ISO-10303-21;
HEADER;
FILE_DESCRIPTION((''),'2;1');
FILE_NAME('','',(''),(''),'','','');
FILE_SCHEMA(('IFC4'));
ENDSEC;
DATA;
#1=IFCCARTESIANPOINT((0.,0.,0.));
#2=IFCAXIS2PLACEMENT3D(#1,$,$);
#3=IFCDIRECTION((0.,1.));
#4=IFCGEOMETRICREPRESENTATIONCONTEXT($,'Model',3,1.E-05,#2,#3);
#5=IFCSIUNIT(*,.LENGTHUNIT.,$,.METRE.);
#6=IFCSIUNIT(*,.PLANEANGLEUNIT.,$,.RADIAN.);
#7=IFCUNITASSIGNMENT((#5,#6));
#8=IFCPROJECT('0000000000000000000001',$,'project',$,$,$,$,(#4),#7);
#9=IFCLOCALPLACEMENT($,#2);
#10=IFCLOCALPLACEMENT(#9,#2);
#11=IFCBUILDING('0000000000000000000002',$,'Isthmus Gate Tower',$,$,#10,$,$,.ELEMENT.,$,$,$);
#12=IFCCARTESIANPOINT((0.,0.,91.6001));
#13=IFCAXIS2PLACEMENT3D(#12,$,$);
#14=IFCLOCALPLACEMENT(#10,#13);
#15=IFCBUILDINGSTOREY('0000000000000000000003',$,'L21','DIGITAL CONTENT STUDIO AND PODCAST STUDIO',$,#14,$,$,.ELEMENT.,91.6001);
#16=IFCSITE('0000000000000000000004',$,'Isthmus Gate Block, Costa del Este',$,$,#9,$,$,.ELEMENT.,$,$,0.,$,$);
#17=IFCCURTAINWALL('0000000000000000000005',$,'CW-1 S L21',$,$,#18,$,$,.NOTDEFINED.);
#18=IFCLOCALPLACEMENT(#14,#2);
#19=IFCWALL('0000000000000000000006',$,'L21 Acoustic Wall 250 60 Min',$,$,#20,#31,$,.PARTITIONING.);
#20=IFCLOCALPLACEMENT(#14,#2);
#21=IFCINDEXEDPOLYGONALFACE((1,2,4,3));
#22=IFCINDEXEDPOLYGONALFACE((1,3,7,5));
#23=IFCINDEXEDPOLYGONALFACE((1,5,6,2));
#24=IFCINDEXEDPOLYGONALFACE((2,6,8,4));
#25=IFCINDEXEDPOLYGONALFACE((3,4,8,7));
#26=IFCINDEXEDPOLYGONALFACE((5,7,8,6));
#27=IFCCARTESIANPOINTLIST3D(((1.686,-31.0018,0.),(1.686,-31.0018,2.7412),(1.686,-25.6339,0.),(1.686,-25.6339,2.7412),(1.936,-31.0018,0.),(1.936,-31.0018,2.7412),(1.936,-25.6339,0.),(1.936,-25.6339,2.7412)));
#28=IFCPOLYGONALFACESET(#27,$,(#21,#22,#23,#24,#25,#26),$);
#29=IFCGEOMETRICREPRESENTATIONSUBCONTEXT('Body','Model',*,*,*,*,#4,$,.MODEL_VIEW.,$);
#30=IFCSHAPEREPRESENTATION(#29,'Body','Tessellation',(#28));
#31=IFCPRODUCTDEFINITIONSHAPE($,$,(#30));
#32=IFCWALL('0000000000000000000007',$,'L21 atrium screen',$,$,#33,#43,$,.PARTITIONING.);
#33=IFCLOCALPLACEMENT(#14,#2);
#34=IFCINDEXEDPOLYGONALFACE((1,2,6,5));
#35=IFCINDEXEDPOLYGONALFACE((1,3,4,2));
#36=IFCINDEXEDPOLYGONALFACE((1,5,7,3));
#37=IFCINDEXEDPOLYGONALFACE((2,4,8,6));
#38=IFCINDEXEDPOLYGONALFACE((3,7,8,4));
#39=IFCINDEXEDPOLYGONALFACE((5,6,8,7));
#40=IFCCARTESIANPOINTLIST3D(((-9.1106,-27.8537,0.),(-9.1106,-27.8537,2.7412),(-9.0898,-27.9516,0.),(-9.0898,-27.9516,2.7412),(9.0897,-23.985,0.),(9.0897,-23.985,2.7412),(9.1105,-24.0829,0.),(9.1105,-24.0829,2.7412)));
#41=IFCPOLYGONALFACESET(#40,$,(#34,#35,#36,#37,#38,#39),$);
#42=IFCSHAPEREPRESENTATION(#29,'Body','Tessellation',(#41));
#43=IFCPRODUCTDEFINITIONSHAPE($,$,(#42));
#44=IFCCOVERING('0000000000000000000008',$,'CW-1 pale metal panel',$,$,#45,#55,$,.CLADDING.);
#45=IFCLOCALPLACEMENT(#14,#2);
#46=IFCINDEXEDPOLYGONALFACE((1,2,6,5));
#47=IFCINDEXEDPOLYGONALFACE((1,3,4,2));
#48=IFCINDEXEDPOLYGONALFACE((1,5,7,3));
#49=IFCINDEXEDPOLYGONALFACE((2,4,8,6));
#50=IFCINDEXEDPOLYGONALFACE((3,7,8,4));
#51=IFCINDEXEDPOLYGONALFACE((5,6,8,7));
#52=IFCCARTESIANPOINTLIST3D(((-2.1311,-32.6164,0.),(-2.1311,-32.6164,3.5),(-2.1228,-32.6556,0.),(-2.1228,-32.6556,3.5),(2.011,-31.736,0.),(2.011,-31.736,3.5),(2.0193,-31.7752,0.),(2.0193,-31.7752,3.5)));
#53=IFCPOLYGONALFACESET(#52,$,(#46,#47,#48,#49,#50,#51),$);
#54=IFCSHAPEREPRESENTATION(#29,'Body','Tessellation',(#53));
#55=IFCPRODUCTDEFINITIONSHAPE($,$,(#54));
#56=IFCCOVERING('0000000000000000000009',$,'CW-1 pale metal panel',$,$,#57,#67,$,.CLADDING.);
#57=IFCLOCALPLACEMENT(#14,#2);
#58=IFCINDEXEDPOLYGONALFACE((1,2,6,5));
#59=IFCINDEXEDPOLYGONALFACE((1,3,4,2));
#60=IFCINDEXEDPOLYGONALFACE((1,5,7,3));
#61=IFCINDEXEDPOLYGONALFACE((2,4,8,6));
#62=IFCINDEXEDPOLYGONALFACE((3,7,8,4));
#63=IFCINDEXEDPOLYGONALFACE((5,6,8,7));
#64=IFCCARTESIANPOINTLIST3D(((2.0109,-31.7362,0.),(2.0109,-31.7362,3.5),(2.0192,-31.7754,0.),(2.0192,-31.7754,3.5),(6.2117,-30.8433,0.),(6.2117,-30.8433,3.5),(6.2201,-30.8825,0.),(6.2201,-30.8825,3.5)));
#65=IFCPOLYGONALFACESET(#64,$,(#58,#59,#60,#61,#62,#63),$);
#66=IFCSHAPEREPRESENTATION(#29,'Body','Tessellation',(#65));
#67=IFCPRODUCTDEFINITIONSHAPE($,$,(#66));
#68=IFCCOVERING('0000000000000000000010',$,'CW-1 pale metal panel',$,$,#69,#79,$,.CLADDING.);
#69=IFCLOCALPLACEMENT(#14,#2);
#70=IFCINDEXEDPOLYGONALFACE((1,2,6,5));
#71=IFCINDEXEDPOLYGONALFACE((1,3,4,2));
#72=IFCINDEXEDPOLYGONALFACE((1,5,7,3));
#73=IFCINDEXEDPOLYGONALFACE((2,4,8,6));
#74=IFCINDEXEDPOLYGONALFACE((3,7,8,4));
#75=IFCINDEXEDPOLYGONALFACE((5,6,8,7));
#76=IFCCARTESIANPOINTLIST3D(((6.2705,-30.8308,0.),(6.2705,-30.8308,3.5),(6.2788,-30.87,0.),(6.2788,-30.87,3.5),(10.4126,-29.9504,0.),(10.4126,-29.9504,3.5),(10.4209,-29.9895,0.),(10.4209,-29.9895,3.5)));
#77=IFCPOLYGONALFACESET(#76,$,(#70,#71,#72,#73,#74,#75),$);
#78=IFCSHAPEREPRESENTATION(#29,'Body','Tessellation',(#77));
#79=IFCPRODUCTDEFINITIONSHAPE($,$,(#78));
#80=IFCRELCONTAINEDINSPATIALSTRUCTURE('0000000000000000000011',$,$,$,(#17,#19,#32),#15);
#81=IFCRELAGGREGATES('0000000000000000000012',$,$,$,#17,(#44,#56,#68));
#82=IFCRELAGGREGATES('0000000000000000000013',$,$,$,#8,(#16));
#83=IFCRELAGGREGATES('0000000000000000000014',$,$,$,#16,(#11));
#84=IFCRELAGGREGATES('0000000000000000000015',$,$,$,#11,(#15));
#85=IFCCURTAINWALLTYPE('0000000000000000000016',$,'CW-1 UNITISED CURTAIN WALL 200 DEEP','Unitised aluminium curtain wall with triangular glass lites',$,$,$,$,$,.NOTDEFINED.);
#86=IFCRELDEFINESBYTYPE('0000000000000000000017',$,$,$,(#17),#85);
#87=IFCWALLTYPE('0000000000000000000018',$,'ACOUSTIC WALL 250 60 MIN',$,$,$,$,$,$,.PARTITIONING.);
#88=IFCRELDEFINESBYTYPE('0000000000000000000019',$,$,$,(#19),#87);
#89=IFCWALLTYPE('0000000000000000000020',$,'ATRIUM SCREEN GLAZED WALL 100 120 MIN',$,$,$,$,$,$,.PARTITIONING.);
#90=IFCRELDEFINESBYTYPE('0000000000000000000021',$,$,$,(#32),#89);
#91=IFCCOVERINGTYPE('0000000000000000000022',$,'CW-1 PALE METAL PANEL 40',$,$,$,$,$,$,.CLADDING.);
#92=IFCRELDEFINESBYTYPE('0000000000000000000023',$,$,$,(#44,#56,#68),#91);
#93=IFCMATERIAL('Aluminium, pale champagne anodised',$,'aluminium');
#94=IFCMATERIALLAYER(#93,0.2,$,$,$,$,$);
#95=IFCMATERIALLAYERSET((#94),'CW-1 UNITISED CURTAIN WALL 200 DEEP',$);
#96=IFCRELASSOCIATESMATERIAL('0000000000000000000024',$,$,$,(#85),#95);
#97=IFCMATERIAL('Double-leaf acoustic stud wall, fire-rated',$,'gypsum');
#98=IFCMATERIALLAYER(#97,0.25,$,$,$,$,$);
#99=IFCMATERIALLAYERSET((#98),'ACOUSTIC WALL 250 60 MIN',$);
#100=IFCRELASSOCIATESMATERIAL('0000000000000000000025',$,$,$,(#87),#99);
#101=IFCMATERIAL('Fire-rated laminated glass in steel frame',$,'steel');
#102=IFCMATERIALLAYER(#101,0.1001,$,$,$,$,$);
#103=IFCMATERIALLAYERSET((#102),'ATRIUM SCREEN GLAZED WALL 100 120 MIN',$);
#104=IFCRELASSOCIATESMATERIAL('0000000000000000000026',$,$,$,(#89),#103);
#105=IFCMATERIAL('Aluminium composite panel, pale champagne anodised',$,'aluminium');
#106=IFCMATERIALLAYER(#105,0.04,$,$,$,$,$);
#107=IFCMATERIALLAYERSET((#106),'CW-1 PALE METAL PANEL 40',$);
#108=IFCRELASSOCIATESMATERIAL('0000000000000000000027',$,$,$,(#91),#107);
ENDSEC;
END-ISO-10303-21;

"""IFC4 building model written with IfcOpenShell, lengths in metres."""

from ifc_helpers import new_model, si_unit, direction, frame, frame_2d, origin, origin_2d, place, context, subcontext, project, spatial, rectangle, extrude, material, layer, layer_set, type_object, element, aggregate, save


model = new_model("IFC4")

# Units and contexts
model_context = context("Model", 3, precision=1e-05, world=origin(), true_north=direction((0.0, 1.0)))
body_context = subcontext(model_context, "Body", "Model", "MODEL_VIEW")
ifc_project = project(units=[si_unit("LENGTHUNIT", "METRE"), si_unit("PLANEANGLEUNIT", "RADIAN")], contexts=[model_context])

# Site, building, storey
site_placement = place(None, origin())
site = spatial("IfcSite", under=ifc_project, at=site_placement, Name="Isthmus Gate Block, Costa del Este", CompositionType="ELEMENT", RefElevation=0.0)
building_placement = place(site_placement, origin())
building = spatial("IfcBuilding", under=site, at=building_placement, Name="Isthmus Gate Tower", CompositionType="ELEMENT")
storey_placement = place(building_placement, frame((0.0, 0.0, 91.6001)))
storey = spatial("IfcBuildingStorey", under=building, at=storey_placement, Name="L21", Description="DIGITAL CONTENT STUDIO AND PODCAST STUDIO", CompositionType="ELEMENT", Elevation=91.6001)

# Curtain wall
ifc_material_1 = material(Name="Aluminium, pale champagne anodised", Category="aluminium")
ifc_layer_1 = layer(ifc_material_1, 0.2)
ifc_layer_set_1 = layer_set([ifc_layer_1], Name="CW-1 UNITISED CURTAIN WALL 200 DEEP")
curtain_wall_type = type_object("IfcCurtainWallType", Name="CW-1 UNITISED CURTAIN WALL 200 DEEP", Description="Unitised aluminium curtain wall with triangular glass lites", PredefinedType="NOTDEFINED", material=ifc_layer_set_1)
curtain_wall_placement = place(storey_placement, origin())
curtain_wall = element("IfcCurtainWall", 1, at=curtain_wall_placement, inside=storey, type_object=curtain_wall_type, Name="CW-1 S L21", PredefinedType="NOTDEFINED")

# Walls
ifc_material_2 = material(Name="Double-leaf acoustic stud wall, fire-rated", Category="gypsum")
ifc_layer_2 = layer(ifc_material_2, 0.25)
ifc_layer_set_2 = layer_set([ifc_layer_2], Name="ACOUSTIC WALL 250 60 MIN")
wall_type_1 = type_object("IfcWallType", Name="ACOUSTIC WALL 250 60 MIN", PredefinedType="PARTITIONING", material=ifc_layer_set_2)
wall_1_placement = place(storey_placement, frame((1.811, -31.002, 0.0), z_axis=(0.0, 0.0, 1.0), x_axis=(0.0, 1.0, 0.0)))
element("IfcWall", 2, at=wall_1_placement, inside=storey, type_object=wall_type_1, Name="L21 Acoustic Wall 250 60 Min", PredefinedType="PARTITIONING", context=body_context, shape_type="SweptSolid", body=[
    extrude(rectangle(XDim=5.3679, YDim=0.25, at=frame_2d((2.6841, 0.0))), origin(), (0.0, 0.0, 1.0), 2.7412),
])
ifc_material_3 = material(Name="Fire-rated laminated glass in steel frame", Category="steel")
ifc_layer_3 = layer(ifc_material_3, 0.1001)
ifc_layer_set_3 = layer_set([ifc_layer_3], Name="ATRIUM SCREEN GLAZED WALL 100 120 MIN")
wall_type_2 = type_object("IfcWallType", Name="ATRIUM SCREEN GLAZED WALL 100 120 MIN", PredefinedType="PARTITIONING", material=ifc_layer_set_3)
wall_2_placement = place(storey_placement, frame((9.1001, -24.0339, 0.0), z_axis=(0.0, 0.0, 1.0), x_axis=(-0.978147, -0.207916, 0.0)))
element("IfcWall", 3, at=wall_2_placement, inside=storey, type_object=wall_type_2, Name="L21 atrium screen", PredefinedType="PARTITIONING", context=body_context, shape_type="SweptSolid", body=[
    extrude(rectangle(XDim=18.6069, YDim=0.1001, at=frame_2d((9.3035, 0.0))), origin(), (0.0, 0.0, 1.0), 2.7412),
])

# Coverings
ifc_material_4 = material(Name="Aluminium composite panel, pale champagne anodised", Category="aluminium")
ifc_layer_4 = layer(ifc_material_4, 0.04)
ifc_layer_set_4 = layer_set([ifc_layer_4], Name="CW-1 PALE METAL PANEL 40")
covering_type = type_object("IfcCoveringType", Name="CW-1 PALE METAL PANEL 40", PredefinedType="CLADDING", material=ifc_layer_set_4)
covering_1_placement = place(storey_placement, frame((-0.0559, -32.1958, 0.0), z_axis=(0.0, 0.0, 1.0), x_axis=(0.978148, 0.207912, 0.0)))
covering_1 = element("IfcCovering", 4, at=covering_1_placement, type_object=covering_type, Name="CW-1 pale metal panel", PredefinedType="CLADDING", context=body_context, shape_type="SweptSolid", body=[
    extrude(rectangle(XDim=4.2346, YDim=0.04, at=origin_2d()), origin(), (0.0, 0.0, 1.0), 3.5),
])
covering_2_placement = place(storey_placement, frame((4.1155, -31.3093, 0.0), z_axis=(0.0, 0.0, 1.0), x_axis=(0.978148, 0.207912, 0.0)))
covering_2 = element("IfcCovering", 5, at=covering_2_placement, type_object=covering_type, Name="CW-1 pale metal panel", PredefinedType="CLADDING", context=body_context, shape_type="SweptSolid", body=[
    extrude(rectangle(XDim=4.2947, YDim=0.04, at=origin_2d()), origin(), (0.0, 0.0, 1.0), 3.5),
])
covering_3_placement = place(storey_placement, frame((8.3457, -30.4102, 0.0), z_axis=(0.0, 0.0, 1.0), x_axis=(0.978148, 0.207912, 0.0)))
covering_3 = element("IfcCovering", 6, at=covering_3_placement, type_object=covering_type, Name="CW-1 pale metal panel", PredefinedType="CLADDING", context=body_context, shape_type="SweptSolid", body=[
    extrude(rectangle(XDim=4.2346, YDim=0.04, at=origin_2d()), origin(), (0.0, 0.0, 1.0), 3.5),
])
aggregate(curtain_wall, [covering_1, covering_2, covering_3])

save(model, "model.ifc")
